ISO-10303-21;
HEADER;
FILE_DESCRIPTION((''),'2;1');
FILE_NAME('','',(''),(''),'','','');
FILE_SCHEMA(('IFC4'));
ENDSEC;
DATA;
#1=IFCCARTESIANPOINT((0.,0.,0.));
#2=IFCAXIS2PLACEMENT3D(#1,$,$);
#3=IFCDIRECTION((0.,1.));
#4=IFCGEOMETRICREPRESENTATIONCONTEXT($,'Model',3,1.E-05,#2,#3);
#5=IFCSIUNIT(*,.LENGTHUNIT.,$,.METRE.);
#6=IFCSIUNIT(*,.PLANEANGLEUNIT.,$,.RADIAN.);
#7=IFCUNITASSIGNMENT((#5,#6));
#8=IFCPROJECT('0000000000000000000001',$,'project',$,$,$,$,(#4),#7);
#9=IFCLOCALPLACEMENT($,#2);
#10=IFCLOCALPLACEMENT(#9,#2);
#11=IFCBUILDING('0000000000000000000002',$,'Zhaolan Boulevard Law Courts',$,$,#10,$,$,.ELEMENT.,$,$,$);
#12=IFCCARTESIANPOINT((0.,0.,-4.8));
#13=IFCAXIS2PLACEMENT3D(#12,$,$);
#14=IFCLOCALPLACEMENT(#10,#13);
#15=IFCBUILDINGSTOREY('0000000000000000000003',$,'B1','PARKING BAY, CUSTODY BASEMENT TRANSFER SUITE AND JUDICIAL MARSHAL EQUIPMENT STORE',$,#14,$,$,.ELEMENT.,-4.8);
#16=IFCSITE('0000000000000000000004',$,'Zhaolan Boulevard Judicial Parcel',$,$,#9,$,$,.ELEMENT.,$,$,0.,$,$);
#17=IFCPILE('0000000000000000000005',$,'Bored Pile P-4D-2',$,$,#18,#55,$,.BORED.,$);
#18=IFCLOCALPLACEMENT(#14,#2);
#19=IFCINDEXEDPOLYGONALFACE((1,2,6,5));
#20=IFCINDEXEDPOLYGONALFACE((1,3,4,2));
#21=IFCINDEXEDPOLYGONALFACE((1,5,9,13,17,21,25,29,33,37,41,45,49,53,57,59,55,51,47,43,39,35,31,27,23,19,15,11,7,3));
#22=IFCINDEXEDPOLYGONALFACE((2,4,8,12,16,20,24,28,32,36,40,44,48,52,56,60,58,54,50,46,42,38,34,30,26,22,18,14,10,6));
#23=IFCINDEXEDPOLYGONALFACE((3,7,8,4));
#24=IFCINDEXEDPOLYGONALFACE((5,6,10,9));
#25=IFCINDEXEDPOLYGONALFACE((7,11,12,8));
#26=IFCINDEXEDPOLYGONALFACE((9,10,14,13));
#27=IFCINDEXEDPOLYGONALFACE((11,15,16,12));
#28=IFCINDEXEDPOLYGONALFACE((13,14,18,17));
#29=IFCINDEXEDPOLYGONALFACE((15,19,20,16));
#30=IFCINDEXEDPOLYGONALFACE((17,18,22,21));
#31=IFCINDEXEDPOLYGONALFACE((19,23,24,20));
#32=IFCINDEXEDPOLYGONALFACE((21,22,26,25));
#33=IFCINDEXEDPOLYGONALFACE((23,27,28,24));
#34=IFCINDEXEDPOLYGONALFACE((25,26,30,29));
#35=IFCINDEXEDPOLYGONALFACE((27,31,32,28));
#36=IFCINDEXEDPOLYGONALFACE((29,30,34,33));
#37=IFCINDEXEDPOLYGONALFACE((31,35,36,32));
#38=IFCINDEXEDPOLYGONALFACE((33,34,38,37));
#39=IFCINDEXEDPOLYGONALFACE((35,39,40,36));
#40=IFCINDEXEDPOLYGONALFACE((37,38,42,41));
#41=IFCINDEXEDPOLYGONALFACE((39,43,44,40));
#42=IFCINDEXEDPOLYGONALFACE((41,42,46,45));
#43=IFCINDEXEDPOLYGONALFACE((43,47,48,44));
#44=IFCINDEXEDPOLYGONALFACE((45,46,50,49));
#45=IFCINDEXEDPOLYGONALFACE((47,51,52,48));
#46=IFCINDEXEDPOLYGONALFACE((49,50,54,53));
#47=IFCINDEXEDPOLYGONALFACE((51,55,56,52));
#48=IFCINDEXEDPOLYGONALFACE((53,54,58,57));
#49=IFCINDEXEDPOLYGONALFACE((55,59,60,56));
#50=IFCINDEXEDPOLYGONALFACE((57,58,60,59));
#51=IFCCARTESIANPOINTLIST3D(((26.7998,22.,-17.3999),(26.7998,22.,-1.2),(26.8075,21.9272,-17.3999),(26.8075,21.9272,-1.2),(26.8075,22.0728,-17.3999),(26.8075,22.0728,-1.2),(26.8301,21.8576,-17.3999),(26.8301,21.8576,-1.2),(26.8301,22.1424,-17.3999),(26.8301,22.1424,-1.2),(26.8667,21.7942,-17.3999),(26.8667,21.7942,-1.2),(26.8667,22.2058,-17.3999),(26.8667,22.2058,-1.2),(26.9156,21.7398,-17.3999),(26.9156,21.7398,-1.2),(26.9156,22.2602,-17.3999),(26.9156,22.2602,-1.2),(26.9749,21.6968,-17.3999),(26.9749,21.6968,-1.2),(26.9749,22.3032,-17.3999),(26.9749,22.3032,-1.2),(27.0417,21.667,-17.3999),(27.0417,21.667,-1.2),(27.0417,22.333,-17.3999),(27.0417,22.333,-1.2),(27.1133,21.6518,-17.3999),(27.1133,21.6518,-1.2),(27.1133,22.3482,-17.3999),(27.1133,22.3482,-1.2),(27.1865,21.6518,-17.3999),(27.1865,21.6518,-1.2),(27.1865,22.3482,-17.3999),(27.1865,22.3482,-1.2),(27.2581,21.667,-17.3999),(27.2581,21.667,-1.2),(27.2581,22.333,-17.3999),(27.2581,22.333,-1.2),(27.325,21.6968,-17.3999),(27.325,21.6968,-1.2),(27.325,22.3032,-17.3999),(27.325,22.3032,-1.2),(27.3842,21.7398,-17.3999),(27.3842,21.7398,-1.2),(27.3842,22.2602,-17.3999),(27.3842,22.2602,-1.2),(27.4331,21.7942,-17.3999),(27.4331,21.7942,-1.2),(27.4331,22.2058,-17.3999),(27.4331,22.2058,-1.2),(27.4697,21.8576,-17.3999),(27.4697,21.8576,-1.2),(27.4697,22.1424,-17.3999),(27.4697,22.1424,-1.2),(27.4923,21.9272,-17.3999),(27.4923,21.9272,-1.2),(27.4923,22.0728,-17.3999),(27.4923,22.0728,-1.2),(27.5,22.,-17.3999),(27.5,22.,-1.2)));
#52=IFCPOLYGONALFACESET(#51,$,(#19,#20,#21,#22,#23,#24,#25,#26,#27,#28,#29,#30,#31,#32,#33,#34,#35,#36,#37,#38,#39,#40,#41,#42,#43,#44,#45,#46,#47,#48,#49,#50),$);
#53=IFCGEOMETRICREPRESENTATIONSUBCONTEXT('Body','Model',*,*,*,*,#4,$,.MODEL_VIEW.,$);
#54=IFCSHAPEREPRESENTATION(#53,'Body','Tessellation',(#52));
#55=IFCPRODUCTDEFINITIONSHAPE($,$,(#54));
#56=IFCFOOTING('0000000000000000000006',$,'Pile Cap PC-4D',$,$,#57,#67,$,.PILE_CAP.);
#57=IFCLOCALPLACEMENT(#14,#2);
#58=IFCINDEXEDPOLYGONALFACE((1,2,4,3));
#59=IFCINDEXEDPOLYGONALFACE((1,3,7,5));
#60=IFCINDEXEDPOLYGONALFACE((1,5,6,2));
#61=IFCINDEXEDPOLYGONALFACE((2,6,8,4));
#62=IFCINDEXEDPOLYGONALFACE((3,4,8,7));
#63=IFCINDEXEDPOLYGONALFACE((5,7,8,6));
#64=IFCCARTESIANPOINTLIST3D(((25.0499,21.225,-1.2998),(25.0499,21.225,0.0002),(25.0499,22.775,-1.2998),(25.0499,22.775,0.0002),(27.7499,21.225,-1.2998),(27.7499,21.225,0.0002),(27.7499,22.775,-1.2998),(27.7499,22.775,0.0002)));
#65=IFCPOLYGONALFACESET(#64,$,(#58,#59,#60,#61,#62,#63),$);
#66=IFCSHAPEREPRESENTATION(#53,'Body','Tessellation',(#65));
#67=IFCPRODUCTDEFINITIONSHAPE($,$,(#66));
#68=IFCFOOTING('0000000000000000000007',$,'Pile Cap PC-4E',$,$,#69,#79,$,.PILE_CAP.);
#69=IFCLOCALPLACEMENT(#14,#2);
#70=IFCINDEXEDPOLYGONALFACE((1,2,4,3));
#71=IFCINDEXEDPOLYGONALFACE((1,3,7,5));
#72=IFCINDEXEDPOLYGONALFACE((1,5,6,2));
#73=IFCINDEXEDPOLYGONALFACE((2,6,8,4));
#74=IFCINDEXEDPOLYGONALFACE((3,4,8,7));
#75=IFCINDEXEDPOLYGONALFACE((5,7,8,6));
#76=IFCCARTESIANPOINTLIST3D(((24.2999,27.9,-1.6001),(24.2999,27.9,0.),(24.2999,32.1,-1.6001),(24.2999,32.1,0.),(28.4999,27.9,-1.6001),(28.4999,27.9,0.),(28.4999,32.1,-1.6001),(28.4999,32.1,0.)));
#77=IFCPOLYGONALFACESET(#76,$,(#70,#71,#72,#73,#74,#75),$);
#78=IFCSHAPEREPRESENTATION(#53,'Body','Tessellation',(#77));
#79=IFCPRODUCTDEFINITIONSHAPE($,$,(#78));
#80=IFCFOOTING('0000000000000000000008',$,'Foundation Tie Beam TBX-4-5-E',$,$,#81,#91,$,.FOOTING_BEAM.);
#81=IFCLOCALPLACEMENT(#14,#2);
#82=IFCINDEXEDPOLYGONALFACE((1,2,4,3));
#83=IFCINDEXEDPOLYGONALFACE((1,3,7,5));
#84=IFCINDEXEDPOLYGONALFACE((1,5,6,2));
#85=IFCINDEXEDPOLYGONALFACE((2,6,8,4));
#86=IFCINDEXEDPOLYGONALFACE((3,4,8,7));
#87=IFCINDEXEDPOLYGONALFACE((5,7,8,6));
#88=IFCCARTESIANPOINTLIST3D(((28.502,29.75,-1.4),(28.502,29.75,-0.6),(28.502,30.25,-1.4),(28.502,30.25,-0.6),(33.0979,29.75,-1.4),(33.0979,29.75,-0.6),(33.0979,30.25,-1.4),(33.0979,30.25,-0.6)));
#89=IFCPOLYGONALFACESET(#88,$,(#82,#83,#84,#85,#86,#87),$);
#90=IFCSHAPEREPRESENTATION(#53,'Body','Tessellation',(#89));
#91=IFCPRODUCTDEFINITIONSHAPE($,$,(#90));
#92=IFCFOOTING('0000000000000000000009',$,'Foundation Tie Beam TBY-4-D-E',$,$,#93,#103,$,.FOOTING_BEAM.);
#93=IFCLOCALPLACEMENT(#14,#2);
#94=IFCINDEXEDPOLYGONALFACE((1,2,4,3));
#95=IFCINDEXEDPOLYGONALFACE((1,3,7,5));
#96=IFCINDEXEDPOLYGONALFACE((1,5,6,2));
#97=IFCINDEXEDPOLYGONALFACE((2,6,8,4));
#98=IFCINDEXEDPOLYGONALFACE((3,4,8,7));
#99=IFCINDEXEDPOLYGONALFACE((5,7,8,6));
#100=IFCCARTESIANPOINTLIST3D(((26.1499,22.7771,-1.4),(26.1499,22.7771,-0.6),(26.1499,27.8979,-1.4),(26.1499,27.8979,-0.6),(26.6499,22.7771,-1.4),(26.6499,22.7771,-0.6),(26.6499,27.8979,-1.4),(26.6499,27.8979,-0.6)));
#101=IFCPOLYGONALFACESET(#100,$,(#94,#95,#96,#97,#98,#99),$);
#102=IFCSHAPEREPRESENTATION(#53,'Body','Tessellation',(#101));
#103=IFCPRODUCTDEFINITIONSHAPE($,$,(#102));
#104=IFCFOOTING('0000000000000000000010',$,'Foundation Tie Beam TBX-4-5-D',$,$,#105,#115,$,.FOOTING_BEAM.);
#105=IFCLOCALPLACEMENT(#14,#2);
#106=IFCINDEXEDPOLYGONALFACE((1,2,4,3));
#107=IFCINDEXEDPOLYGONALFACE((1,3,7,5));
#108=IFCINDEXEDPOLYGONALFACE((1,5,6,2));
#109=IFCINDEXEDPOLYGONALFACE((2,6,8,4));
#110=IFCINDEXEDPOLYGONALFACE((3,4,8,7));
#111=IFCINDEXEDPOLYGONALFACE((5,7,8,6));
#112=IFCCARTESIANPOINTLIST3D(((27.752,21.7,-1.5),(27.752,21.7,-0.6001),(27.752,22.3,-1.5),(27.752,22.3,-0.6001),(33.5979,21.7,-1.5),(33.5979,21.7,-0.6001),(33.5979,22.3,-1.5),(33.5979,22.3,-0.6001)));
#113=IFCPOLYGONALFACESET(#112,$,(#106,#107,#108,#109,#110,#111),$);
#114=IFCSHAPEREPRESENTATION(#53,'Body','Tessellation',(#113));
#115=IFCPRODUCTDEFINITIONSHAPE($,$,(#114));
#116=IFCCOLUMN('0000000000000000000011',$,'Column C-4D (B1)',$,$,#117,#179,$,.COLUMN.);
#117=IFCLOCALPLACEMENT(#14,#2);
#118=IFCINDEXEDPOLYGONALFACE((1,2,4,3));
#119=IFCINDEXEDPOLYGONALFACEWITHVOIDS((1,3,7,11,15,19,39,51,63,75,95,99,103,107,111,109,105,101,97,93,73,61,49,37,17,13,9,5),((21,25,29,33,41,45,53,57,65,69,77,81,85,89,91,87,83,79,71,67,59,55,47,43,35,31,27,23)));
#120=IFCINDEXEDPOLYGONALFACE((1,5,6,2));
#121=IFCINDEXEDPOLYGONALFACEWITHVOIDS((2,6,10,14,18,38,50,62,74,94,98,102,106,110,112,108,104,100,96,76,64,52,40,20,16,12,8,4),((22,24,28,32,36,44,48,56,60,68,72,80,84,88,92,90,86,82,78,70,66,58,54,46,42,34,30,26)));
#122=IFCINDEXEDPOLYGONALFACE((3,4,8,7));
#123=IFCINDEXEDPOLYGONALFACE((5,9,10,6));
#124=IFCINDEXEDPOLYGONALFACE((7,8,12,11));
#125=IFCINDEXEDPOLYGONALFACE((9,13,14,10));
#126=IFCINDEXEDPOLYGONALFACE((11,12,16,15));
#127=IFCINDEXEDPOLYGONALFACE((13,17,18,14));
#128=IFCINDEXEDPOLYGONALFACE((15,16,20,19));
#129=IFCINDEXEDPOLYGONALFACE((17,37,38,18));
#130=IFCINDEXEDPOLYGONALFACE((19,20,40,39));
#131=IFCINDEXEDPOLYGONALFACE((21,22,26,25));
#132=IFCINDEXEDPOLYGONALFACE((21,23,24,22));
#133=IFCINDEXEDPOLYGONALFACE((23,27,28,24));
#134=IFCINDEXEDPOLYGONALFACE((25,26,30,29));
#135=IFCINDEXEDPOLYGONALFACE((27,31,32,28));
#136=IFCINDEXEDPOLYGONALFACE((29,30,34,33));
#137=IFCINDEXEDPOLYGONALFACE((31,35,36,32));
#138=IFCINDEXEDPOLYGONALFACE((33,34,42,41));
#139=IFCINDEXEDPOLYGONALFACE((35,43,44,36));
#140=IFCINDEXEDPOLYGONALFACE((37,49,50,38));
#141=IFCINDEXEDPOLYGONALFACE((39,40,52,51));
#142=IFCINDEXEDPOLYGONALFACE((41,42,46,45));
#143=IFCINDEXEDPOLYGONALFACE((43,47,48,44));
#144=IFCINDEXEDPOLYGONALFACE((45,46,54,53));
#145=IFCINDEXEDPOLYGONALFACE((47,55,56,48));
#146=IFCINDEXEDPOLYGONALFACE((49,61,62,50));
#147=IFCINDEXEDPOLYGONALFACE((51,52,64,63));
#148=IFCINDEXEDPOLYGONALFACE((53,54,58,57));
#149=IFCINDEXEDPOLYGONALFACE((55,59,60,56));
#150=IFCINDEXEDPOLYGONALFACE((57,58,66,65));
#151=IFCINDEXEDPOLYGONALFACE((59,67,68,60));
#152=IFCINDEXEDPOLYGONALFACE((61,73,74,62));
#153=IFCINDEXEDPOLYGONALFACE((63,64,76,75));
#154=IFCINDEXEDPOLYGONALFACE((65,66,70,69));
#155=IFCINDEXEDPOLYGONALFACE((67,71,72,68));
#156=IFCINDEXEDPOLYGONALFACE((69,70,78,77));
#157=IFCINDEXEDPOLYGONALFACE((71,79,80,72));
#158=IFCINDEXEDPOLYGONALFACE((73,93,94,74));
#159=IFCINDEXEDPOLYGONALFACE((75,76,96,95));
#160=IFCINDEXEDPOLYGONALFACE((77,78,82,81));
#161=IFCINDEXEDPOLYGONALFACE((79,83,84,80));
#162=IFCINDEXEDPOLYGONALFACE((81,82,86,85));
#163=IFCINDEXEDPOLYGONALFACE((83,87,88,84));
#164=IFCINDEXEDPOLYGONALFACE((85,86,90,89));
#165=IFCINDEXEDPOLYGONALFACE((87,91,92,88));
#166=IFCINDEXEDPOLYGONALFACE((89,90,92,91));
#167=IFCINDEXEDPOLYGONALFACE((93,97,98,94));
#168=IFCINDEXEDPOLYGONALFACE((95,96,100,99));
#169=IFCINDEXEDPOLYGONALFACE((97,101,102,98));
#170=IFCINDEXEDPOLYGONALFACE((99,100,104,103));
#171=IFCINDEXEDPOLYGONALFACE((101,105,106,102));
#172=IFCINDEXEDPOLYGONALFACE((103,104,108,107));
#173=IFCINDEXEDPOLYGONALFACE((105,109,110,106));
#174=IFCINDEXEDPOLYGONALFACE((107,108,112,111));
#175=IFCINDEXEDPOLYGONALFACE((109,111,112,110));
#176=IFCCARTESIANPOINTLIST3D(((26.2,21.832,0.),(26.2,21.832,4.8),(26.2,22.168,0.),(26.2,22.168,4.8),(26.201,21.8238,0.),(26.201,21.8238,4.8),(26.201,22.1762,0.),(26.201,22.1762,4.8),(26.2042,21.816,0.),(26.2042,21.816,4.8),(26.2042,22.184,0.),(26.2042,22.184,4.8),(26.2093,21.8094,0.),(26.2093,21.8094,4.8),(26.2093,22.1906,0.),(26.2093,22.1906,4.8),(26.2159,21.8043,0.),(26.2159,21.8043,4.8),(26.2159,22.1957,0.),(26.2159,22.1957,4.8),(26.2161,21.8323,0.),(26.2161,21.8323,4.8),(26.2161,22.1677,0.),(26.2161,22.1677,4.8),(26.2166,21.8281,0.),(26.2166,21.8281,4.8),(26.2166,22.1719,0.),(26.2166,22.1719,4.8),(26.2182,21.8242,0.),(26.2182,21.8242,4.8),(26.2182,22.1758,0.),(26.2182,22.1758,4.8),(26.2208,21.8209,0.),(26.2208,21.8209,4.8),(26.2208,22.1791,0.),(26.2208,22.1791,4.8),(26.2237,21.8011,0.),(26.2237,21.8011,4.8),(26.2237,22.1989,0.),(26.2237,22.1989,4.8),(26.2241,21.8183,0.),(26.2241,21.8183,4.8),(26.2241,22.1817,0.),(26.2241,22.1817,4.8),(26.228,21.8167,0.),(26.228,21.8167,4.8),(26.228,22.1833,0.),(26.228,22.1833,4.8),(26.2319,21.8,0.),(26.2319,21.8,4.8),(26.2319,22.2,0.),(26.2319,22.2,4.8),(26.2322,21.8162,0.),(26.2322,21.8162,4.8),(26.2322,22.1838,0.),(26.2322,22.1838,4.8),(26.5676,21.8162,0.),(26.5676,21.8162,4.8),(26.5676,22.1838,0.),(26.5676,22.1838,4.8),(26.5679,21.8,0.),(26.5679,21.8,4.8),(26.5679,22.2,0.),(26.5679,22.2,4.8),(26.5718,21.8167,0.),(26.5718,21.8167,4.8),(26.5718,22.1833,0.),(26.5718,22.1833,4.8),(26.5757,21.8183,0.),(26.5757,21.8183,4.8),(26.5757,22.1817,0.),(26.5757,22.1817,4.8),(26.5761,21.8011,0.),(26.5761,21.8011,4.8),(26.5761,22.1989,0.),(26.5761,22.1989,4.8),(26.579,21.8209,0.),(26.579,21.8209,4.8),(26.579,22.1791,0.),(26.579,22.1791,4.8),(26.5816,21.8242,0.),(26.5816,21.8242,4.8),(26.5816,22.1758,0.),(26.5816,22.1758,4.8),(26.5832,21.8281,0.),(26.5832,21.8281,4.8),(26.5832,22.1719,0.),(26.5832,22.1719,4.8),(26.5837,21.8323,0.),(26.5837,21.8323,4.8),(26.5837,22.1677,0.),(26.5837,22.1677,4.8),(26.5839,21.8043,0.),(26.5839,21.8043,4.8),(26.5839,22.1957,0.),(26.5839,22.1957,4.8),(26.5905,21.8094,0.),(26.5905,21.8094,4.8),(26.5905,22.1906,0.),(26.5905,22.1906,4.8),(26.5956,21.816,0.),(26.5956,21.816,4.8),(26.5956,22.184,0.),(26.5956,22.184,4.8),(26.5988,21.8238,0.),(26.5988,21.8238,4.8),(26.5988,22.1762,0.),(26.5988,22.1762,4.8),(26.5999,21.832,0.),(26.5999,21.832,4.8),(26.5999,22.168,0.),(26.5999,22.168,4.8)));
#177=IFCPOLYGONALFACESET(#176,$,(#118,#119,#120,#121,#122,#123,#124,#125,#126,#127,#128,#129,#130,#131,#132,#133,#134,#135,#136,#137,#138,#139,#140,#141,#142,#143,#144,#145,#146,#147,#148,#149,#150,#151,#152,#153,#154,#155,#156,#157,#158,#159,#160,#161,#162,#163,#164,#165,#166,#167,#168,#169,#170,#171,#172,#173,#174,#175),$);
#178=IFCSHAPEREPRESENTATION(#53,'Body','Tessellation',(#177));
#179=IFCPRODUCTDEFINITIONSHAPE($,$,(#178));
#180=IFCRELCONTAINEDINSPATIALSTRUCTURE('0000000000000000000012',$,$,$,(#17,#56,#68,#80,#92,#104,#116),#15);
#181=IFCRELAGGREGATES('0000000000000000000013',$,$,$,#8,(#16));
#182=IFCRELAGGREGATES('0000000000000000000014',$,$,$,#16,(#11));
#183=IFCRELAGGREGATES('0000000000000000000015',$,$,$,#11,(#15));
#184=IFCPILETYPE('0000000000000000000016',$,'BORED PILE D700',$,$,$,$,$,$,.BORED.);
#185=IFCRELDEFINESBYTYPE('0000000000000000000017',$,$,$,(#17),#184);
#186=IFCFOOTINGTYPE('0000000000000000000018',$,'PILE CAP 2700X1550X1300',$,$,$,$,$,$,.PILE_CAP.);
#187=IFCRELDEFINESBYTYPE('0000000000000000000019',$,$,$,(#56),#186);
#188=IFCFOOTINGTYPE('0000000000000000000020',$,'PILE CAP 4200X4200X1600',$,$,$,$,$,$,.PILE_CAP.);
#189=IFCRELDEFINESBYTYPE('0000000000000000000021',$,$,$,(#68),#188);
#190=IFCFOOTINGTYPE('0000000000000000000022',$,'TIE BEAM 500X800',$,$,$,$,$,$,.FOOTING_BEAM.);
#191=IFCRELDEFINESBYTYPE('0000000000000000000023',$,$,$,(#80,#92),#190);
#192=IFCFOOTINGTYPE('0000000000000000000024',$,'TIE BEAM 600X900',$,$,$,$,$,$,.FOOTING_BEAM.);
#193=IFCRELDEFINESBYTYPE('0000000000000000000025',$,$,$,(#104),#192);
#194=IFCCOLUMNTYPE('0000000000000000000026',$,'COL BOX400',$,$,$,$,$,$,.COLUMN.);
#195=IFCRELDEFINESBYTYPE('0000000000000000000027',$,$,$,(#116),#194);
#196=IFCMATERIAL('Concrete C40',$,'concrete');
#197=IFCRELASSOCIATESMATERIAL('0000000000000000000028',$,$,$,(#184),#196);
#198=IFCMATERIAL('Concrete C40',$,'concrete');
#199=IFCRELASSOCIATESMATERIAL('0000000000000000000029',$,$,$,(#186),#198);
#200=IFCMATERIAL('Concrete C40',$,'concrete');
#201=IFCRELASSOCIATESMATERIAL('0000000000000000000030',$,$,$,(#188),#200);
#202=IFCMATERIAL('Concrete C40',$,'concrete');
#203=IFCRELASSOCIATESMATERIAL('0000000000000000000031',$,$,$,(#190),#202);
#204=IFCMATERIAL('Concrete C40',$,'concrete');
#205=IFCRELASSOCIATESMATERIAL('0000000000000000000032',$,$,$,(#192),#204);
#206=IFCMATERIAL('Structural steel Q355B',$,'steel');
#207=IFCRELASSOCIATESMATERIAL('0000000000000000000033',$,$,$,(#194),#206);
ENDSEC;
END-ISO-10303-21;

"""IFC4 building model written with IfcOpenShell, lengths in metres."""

from ifc_helpers import new_model, si_unit, direction, frame, origin, origin_2d, place, context, subcontext, project, spatial, rectangle, hollow_rectangle, circle, extrude, material, material_profile, profile_set, type_object, element, save


model = new_model("IFC4")

# Units and contexts
model_context = context("Model", 3, precision=1e-05, world=origin(), true_north=direction((0.0, 1.0)))
body_context = subcontext(model_context, "Body", "Model", "MODEL_VIEW")
ifc_project = project(units=[si_unit("LENGTHUNIT", "METRE"), si_unit("PLANEANGLEUNIT", "RADIAN")], contexts=[model_context])

# Site, building, storey
site_placement = place(None, origin())
site = spatial("IfcSite", under=ifc_project, at=site_placement, Name="Zhaolan Boulevard Judicial Parcel", CompositionType="ELEMENT", RefElevation=0.0)
building_placement = place(site_placement, origin())
building = spatial("IfcBuilding", under=site, at=building_placement, Name="Zhaolan Boulevard Law Courts", CompositionType="ELEMENT")
storey_placement = place(building_placement, frame((0.0, 0.0, -4.8)))
storey = spatial("IfcBuildingStorey", under=building, at=storey_placement, Name="B1", Description="PARKING BAY, CUSTODY BASEMENT TRANSFER SUITE AND JUDICIAL MARSHAL EQUIPMENT STORE", CompositionType="ELEMENT", Elevation=-4.8)

# Pile
ifc_material_1 = material(Name="Concrete C40", Category="concrete")
ifc_material_profile_1 = material_profile(ifc_material_1, circle(Radius=0.3501, at=origin_2d()), Name="PILE-D700")
ifc_profile_set_1 = profile_set([ifc_material_profile_1], Name="Concrete C40")
pile_type_1 = type_object("IfcPileType", Name="BORED PILE D700", PredefinedType="BORED", material=ifc_profile_set_1)
for number, where, z_axis, x_axis, name in (
    (1, (27.1499, 22.0, -1.2), (0.0, 0.0, -1.0), (1.0, 0.0, 0.0), "Bored Pile P-4D-2"),
):
    element("IfcPile", number, at=place(storey_placement, frame(where, z_axis=z_axis, x_axis=x_axis)), inside=storey, type_object=pile_type_1, Name=name, PredefinedType="BORED", context=body_context, shape_type="SweptSolid", body=[
        extrude(circle(Radius=0.3501, at=origin_2d()), origin(), (0.0, 0.0, 1.0), 16.2),
    ])

# Footings
ifc_material_2 = material(Name="Concrete C40", Category="concrete")
footing_type_1 = type_object("IfcFootingType", Name="PILE CAP 2700X1550X1300", PredefinedType="PILE_CAP", material=ifc_material_2)
footing_1_placement = place(storey_placement, frame((26.3999, 22.0, -1.2998), z_axis=(0.0, 0.0, 1.0), x_axis=(1.0, 0.0, 0.0)))
element("IfcFooting", 2, at=footing_1_placement, inside=storey, type_object=footing_type_1, Name="Pile Cap PC-4D", PredefinedType="PILE_CAP", context=body_context, shape_type="SweptSolid", body=[
    extrude(rectangle(XDim=2.7, YDim=1.55, at=origin_2d()), origin(), (0.0, 0.0, 1.0), 1.3),
])
ifc_material_3 = material(Name="Concrete C40", Category="concrete")
footing_type_2 = type_object("IfcFootingType", Name="PILE CAP 4200X4200X1600", PredefinedType="PILE_CAP", material=ifc_material_3)
footing_2_placement = place(storey_placement, frame((26.3999, 30.0, -1.6001), z_axis=(0.0, 0.0, 1.0), x_axis=(1.0, 0.0, 0.0)))
element("IfcFooting", 3, at=footing_2_placement, inside=storey, type_object=footing_type_2, Name="Pile Cap PC-4E", PredefinedType="PILE_CAP", context=body_context, shape_type="SweptSolid", body=[
    extrude(rectangle(XDim=4.2, YDim=4.2, at=origin_2d()), origin(), (0.0, 0.0, 1.0), 1.6001),
])
ifc_material_4 = material(Name="Concrete C40", Category="concrete")
ifc_material_profile_2 = material_profile(ifc_material_4, rectangle(XDim=0.5, YDim=0.8, at=origin_2d()), Name="RC500x800")
ifc_profile_set_2 = profile_set([ifc_material_profile_2], Name="Concrete C40")
footing_type_3 = type_object("IfcFootingType", Name="TIE BEAM 500X800", PredefinedType="FOOTING_BEAM", material=ifc_profile_set_2)
footing_3_placement = place(storey_placement, frame((28.502, 30.0, -1.0), z_axis=(1.0, 0.0, 0.0), x_axis=(0.0, 1.0, 0.0)))
element("IfcFooting", 4, at=footing_3_placement, inside=storey, type_object=footing_type_3, Name="Foundation Tie Beam TBX-4-5-E", PredefinedType="FOOTING_BEAM", context=body_context, shape_type="SweptSolid", body=[
    extrude(rectangle(XDim=0.5, YDim=0.8, at=origin_2d()), origin(), (0.0, 0.0, 1.0), 4.5959),
])
footing_4_placement = place(storey_placement, frame((26.3999, 22.7771, -1.0), z_axis=(0.0, 1.0, 0.0), x_axis=(-1.0, 0.0, 0.0)))
element("IfcFooting", 5, at=footing_4_placement, inside=storey, type_object=footing_type_3, Name="Foundation Tie Beam TBY-4-D-E", PredefinedType="FOOTING_BEAM", context=body_context, shape_type="SweptSolid", body=[
    extrude(rectangle(XDim=0.5, YDim=0.8, at=origin_2d()), origin(), (0.0, 0.0, 1.0), 5.1208),
])
ifc_material_5 = material(Name="Concrete C40", Category="concrete")
ifc_material_profile_3 = material_profile(ifc_material_5, rectangle(XDim=0.6001, YDim=0.8999, at=origin_2d()), Name="RC600x900")
ifc_profile_set_3 = profile_set([ifc_material_profile_3], Name="Concrete C40")
footing_type_4 = type_object("IfcFootingType", Name="TIE BEAM 600X900", PredefinedType="FOOTING_BEAM", material=ifc_profile_set_3)
footing_5_placement = place(storey_placement, frame((27.752, 22.0, -1.05), z_axis=(1.0, 0.0, 0.0), x_axis=(0.0, 1.0, 0.0)))
element("IfcFooting", 6, at=footing_5_placement, inside=storey, type_object=footing_type_4, Name="Foundation Tie Beam TBX-4-5-D", PredefinedType="FOOTING_BEAM", context=body_context, shape_type="SweptSolid", body=[
    extrude(rectangle(XDim=0.6001, YDim=0.8999, at=origin_2d()), origin(), (0.0, 0.0, 1.0), 5.8459),
])

# Column
ifc_material_6 = material(Name="Structural steel Q355B", Category="steel")
ifc_material_profile_4 = material_profile(ifc_material_6, hollow_rectangle(XDim=0.3999, YDim=0.3999, WallThickness=0.0161, InnerFilletRadius=0.0161, OuterFilletRadius=0.032, at=origin_2d()), Name="BOX400x400x16")
ifc_profile_set_4 = profile_set([ifc_material_profile_4], Name="Structural steel Q355B")
column_type_1 = type_object("IfcColumnType", Name="COL BOX400", PredefinedType="COLUMN", material=ifc_profile_set_4)
column_1_placement = place(storey_placement, frame((26.3999, 22.0, 0.0), z_axis=(0.0, 0.0, 1.0), x_axis=(1.0, 0.0, 0.0)))
element("IfcColumn", 7, at=column_1_placement, inside=storey, type_object=column_type_1, Name="Column C-4D (B1)", PredefinedType="COLUMN", context=body_context, shape_type="SweptSolid", body=[
    extrude(hollow_rectangle(XDim=0.3999, YDim=0.3999, WallThickness=0.0161, InnerFilletRadius=0.0161, OuterFilletRadius=0.032, at=origin_2d()), origin(), (0.0, 0.0, 1.0), 4.8),
])

save(model, "model.ifc")
